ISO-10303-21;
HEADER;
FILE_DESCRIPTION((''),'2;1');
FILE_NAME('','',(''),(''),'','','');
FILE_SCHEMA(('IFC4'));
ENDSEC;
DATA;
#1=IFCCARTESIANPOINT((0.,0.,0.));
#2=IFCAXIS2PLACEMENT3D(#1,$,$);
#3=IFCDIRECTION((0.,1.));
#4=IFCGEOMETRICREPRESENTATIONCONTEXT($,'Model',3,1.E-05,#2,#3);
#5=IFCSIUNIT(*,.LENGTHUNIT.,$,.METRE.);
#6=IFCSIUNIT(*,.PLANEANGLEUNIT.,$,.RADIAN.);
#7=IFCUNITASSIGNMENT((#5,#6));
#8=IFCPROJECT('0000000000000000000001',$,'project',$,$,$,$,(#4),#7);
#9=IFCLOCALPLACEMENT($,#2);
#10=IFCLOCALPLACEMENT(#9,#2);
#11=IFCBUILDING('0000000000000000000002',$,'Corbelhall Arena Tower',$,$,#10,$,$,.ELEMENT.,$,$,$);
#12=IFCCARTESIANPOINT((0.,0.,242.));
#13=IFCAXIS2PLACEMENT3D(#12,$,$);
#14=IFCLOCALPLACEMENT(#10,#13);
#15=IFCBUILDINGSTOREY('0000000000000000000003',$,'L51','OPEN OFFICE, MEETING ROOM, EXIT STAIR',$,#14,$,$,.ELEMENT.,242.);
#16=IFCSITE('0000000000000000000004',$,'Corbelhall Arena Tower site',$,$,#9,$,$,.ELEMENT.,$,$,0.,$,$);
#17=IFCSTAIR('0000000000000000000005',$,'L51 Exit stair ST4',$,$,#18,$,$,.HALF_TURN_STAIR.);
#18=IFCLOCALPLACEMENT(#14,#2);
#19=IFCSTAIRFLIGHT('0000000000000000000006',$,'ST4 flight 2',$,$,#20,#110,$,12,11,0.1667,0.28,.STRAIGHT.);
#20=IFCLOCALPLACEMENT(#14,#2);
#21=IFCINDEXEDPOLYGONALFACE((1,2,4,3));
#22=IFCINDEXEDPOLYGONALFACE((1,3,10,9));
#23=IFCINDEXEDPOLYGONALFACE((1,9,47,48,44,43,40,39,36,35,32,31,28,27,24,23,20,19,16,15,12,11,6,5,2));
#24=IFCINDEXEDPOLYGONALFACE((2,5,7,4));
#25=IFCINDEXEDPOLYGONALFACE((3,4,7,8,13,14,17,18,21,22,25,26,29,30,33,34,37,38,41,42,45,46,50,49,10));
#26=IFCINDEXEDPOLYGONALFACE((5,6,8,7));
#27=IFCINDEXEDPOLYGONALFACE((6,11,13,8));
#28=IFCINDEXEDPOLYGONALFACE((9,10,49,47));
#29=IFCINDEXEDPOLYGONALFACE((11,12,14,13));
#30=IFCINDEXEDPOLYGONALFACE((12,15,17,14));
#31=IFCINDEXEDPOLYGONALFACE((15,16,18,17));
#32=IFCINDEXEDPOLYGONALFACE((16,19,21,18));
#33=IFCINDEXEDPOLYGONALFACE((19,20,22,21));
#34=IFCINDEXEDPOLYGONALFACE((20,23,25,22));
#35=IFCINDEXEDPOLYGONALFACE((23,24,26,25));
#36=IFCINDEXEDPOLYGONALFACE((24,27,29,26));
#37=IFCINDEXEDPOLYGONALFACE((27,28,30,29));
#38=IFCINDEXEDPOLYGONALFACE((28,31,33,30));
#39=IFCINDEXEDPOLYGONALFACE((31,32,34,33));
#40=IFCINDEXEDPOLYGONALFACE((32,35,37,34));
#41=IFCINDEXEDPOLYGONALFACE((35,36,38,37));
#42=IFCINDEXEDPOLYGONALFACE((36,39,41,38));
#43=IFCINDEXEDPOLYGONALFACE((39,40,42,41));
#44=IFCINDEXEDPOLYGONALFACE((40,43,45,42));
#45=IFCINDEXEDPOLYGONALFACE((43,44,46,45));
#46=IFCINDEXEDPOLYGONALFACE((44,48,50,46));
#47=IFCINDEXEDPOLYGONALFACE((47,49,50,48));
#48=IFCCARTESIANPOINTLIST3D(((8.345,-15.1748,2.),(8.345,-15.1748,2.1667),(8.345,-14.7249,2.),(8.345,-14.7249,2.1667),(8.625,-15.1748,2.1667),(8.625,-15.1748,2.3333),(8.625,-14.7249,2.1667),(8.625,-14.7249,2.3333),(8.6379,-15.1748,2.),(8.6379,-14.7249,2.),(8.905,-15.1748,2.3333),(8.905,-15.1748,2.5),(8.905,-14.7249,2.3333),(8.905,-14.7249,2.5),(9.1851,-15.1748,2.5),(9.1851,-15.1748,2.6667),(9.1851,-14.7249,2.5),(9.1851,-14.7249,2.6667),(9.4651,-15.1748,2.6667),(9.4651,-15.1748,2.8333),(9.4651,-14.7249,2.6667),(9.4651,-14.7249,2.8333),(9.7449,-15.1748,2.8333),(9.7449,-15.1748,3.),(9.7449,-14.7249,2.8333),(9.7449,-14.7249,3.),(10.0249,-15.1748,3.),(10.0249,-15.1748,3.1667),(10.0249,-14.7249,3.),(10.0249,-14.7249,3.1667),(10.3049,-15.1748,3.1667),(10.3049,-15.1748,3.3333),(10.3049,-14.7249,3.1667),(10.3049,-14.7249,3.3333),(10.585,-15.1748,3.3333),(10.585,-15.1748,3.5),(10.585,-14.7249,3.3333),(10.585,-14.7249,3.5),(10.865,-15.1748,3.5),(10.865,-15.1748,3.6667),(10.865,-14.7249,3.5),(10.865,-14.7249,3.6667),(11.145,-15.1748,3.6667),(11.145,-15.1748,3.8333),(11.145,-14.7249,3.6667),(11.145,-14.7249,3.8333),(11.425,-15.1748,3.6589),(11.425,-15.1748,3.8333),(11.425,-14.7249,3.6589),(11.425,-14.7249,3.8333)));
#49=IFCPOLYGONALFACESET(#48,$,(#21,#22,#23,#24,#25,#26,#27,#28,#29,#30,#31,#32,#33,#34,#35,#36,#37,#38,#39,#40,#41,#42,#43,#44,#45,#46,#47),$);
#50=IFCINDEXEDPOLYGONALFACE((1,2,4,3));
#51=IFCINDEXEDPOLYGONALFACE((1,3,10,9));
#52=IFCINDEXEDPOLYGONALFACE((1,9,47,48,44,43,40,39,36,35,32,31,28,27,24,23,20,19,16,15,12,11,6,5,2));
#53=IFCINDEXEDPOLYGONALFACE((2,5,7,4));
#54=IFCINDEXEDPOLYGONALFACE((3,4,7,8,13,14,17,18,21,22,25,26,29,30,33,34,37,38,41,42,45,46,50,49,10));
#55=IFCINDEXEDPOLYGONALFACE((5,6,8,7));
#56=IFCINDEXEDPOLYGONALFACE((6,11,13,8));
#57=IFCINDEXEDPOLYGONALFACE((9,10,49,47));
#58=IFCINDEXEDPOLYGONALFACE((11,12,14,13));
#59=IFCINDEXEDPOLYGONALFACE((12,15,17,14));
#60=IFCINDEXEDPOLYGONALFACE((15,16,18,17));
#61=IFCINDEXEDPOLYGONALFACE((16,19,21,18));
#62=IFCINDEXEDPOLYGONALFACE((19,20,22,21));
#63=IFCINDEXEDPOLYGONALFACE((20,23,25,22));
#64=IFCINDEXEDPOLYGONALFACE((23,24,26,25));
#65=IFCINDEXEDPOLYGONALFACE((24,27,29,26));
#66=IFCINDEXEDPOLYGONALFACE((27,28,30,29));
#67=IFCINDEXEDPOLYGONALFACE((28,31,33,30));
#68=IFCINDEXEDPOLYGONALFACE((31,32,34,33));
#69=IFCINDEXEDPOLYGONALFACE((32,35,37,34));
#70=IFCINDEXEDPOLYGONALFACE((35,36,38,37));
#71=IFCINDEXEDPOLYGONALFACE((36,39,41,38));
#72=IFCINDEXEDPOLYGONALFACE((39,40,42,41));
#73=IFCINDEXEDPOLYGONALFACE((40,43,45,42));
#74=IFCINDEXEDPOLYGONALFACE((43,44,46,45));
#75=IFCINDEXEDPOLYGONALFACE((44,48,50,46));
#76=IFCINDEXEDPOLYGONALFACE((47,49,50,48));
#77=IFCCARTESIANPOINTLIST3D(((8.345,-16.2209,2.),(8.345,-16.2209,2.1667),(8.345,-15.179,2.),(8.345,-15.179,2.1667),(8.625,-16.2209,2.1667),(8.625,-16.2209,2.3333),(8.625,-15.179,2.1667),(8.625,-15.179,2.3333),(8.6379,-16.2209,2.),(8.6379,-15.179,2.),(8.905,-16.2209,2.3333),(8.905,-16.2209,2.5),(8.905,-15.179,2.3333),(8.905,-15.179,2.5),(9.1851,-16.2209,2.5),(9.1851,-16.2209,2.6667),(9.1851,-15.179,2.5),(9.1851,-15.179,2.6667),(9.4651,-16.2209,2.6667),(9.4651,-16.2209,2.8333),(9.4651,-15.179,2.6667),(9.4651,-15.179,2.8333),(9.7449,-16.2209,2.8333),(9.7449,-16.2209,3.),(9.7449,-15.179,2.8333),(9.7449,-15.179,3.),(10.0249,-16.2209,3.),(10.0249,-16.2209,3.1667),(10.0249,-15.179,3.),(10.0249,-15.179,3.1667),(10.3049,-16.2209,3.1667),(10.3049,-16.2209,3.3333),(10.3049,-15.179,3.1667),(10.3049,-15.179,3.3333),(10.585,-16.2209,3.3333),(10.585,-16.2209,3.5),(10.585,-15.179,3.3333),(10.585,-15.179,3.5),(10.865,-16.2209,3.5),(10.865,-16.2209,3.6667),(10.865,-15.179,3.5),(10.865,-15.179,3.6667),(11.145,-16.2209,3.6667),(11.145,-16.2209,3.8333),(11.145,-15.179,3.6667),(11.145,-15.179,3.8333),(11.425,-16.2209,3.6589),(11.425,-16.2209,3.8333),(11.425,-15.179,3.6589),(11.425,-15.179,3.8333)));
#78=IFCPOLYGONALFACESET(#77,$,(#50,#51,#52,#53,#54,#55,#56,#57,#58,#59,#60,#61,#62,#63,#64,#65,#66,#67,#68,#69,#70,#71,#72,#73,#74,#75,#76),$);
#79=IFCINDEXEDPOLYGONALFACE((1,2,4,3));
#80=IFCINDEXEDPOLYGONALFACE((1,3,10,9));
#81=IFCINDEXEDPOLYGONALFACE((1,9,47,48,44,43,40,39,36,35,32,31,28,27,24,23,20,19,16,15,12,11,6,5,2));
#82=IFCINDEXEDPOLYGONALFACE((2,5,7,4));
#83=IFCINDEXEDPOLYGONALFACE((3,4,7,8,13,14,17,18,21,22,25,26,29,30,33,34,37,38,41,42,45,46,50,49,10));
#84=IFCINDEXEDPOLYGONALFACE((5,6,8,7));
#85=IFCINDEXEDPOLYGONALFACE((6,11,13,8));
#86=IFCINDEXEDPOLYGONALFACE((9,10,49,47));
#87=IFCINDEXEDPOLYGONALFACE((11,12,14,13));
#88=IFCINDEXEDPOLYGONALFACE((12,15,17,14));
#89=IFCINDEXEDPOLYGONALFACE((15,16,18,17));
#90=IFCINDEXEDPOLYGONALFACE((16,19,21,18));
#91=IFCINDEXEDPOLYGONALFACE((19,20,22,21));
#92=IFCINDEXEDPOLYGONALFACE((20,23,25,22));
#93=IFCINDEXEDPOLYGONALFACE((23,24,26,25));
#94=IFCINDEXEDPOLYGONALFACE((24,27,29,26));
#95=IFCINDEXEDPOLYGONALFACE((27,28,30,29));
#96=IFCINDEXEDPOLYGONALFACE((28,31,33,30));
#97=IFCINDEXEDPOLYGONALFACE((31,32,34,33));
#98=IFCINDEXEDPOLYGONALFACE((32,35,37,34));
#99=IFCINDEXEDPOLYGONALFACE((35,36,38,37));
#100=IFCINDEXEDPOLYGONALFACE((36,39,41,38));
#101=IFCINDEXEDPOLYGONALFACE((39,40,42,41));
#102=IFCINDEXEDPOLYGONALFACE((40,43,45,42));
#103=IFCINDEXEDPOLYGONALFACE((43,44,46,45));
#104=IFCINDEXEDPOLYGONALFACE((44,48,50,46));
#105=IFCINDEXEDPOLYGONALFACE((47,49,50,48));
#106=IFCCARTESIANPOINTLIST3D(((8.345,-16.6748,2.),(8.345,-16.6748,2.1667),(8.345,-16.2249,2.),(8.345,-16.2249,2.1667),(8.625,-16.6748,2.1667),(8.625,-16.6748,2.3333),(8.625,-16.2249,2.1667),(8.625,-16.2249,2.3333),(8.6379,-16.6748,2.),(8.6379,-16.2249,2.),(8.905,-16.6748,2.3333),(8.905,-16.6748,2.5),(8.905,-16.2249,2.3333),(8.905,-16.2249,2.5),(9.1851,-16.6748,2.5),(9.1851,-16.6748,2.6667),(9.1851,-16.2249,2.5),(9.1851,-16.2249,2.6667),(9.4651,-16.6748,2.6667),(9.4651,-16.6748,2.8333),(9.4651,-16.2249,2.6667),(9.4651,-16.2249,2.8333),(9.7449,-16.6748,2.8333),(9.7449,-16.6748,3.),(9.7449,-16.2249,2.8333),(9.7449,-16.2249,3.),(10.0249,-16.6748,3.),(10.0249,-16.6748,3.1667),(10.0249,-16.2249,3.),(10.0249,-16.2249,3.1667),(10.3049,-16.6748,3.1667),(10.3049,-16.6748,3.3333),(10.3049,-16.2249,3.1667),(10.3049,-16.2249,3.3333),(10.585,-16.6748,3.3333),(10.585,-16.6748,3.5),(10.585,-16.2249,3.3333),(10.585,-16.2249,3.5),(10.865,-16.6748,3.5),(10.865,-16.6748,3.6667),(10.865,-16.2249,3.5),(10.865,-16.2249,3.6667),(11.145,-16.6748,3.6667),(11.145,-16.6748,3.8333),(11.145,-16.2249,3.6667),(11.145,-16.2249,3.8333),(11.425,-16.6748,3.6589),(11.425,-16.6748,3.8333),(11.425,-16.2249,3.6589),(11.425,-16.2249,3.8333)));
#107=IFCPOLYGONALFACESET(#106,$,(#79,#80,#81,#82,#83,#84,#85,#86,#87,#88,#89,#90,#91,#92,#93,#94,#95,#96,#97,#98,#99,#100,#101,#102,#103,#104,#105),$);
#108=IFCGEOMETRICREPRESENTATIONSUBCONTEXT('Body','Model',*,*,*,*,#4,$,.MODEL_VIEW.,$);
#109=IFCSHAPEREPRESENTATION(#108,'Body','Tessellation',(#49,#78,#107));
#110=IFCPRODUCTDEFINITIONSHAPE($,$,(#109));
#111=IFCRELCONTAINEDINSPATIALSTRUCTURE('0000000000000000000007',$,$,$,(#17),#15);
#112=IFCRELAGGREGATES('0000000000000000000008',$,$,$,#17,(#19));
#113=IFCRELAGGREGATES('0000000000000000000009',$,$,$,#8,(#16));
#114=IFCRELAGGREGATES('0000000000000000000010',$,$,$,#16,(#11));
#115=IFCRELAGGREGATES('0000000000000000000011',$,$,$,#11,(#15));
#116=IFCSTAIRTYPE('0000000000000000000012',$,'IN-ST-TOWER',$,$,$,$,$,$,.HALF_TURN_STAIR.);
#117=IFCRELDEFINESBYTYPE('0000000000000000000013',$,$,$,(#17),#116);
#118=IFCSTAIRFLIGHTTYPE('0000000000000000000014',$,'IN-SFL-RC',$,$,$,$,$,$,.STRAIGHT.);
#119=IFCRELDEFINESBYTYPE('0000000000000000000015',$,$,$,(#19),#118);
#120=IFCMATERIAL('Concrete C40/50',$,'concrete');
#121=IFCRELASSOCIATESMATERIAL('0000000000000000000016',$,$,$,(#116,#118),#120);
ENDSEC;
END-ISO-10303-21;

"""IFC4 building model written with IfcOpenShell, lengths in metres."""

from ifc_helpers import new_model, si_unit, direction, frame, origin, place, context, subcontext, project, spatial, polyline, outline, extrude, material, type_object, element, aggregate, save


model = new_model("IFC4")

# Units and contexts
model_context = context("Model", 3, precision=1e-05, world=origin(), true_north=direction((0.0, 1.0)))
body_context = subcontext(model_context, "Body", "Model", "MODEL_VIEW")
ifc_project = project(units=[si_unit("LENGTHUNIT", "METRE"), si_unit("PLANEANGLEUNIT", "RADIAN")], contexts=[model_context])

# Site, building, storey
site_placement = place(None, origin())
site = spatial("IfcSite", under=ifc_project, at=site_placement, Name="Corbelhall Arena Tower site", CompositionType="ELEMENT", RefElevation=0.0)
building_placement = place(site_placement, origin())
building = spatial("IfcBuilding", under=site, at=building_placement, Name="Corbelhall Arena Tower", CompositionType="ELEMENT")
storey_placement = place(building_placement, frame((0.0, 0.0, 242.0)))
storey = spatial("IfcBuildingStorey", under=building, at=storey_placement, Name="L51", Description="OPEN OFFICE, MEETING ROOM, EXIT STAIR", CompositionType="ELEMENT", Elevation=242.0)

# Shared definitions
ifc_material_1 = material(Name="Concrete C40/50", Category="concrete")

# Stair, stair flight
stair_type = type_object("IfcStairType", Name="IN-ST-TOWER", PredefinedType="HALF_TURN_STAIR", material=ifc_material_1)
stair_placement = place(storey_placement, origin())
stair = element("IfcStair", 1, at=stair_placement, inside=storey, type_object=stair_type, Name="L51 Exit stair ST4", PredefinedType="HALF_TURN_STAIR")
stair_flight_type = type_object("IfcStairFlightType", Name="IN-SFL-RC", PredefinedType="STRAIGHT", material=ifc_material_1)
stair_flight_placement = place(storey_placement, frame((8.345, -15.7, 2.0), z_axis=(0.0, 0.0, 1.0), x_axis=(1.0, 0.0, 0.0)))
stair_flight = element("IfcStairFlight", 2, at=stair_flight_placement, type_object=stair_flight_type, Name="ST4 flight 2", NumberOfRisers=12, NumberOfTreads=11, PredefinedType="STRAIGHT", RiserHeight=0.1667, TreadLength=0.28, context=body_context, shape_type="SweptSolid", body=[
    extrude(outline(polyline([(0.0, 0.0), (0.0, 0.1667), (0.28, 0.1667), (0.28, 0.3333), (0.5601, 0.3333), (0.5601, 0.5), (0.8401, 0.5), (0.8401, 0.6667), (1.1201, 0.6667), (1.1201, 0.8333), (1.3999, 0.8333), (1.3999, 1.0), (1.6799, 1.0), (1.6799, 1.1667), (1.96, 1.1667), (1.96, 1.3333), (2.24, 1.3333), (2.24, 1.5), (2.52, 1.5), (2.52, 1.6667), (2.8, 1.6667), (2.8, 1.8333), (3.0801, 1.8333), (3.0801, 2.0), (3.0801, 1.6589), (0.293, 0.0), (0.0, 0.0)])), frame((0.0, 0.9751, 0.0), z_axis=(0.0, -1.0, 0.0), x_axis=(1.0, 0.0, 0.0)), (0.0, 0.0, 1.0), 0.45),
    extrude(outline(polyline([(0.0, 0.0), (0.0, 0.1667), (0.28, 0.1667), (0.28, 0.3333), (0.5601, 0.3333), (0.5601, 0.5), (0.8401, 0.5), (0.8401, 0.6667), (1.1201, 0.6667), (1.1201, 0.8333), (1.3999, 0.8333), (1.3999, 1.0), (1.6799, 1.0), (1.6799, 1.1667), (1.96, 1.1667), (1.96, 1.3333), (2.24, 1.3333), (2.24, 1.5), (2.52, 1.5), (2.52, 1.6667), (2.8, 1.6667), (2.8, 1.8333), (3.0801, 1.8333), (3.0801, 2.0), (3.0801, 1.6589), (0.293, 0.0), (0.0, 0.0)])), frame((0.0, 0.521, 0.0), z_axis=(0.0, -1.0, 0.0), x_axis=(1.0, 0.0, 0.0)), (0.0, 0.0, 1.0), 1.042),
    extrude(outline(polyline([(0.0, 0.0), (0.0, 0.1667), (0.28, 0.1667), (0.28, 0.3333), (0.5601, 0.3333), (0.5601, 0.5), (0.8401, 0.5), (0.8401, 0.6667), (1.1201, 0.6667), (1.1201, 0.8333), (1.3999, 0.8333), (1.3999, 1.0), (1.6799, 1.0), (1.6799, 1.1667), (1.96, 1.1667), (1.96, 1.3333), (2.24, 1.3333), (2.24, 1.5), (2.52, 1.5), (2.52, 1.6667), (2.8, 1.6667), (2.8, 1.8333), (3.0801, 1.8333), (3.0801, 2.0), (3.0801, 1.6589), (0.293, 0.0), (0.0, 0.0)])), frame((0.0, -0.5249, 0.0), z_axis=(0.0, -1.0, 0.0), x_axis=(1.0, 0.0, 0.0)), (0.0, 0.0, 1.0), 0.45),
])
aggregate(stair, [stair_flight])

save(model, "model.ifc")
